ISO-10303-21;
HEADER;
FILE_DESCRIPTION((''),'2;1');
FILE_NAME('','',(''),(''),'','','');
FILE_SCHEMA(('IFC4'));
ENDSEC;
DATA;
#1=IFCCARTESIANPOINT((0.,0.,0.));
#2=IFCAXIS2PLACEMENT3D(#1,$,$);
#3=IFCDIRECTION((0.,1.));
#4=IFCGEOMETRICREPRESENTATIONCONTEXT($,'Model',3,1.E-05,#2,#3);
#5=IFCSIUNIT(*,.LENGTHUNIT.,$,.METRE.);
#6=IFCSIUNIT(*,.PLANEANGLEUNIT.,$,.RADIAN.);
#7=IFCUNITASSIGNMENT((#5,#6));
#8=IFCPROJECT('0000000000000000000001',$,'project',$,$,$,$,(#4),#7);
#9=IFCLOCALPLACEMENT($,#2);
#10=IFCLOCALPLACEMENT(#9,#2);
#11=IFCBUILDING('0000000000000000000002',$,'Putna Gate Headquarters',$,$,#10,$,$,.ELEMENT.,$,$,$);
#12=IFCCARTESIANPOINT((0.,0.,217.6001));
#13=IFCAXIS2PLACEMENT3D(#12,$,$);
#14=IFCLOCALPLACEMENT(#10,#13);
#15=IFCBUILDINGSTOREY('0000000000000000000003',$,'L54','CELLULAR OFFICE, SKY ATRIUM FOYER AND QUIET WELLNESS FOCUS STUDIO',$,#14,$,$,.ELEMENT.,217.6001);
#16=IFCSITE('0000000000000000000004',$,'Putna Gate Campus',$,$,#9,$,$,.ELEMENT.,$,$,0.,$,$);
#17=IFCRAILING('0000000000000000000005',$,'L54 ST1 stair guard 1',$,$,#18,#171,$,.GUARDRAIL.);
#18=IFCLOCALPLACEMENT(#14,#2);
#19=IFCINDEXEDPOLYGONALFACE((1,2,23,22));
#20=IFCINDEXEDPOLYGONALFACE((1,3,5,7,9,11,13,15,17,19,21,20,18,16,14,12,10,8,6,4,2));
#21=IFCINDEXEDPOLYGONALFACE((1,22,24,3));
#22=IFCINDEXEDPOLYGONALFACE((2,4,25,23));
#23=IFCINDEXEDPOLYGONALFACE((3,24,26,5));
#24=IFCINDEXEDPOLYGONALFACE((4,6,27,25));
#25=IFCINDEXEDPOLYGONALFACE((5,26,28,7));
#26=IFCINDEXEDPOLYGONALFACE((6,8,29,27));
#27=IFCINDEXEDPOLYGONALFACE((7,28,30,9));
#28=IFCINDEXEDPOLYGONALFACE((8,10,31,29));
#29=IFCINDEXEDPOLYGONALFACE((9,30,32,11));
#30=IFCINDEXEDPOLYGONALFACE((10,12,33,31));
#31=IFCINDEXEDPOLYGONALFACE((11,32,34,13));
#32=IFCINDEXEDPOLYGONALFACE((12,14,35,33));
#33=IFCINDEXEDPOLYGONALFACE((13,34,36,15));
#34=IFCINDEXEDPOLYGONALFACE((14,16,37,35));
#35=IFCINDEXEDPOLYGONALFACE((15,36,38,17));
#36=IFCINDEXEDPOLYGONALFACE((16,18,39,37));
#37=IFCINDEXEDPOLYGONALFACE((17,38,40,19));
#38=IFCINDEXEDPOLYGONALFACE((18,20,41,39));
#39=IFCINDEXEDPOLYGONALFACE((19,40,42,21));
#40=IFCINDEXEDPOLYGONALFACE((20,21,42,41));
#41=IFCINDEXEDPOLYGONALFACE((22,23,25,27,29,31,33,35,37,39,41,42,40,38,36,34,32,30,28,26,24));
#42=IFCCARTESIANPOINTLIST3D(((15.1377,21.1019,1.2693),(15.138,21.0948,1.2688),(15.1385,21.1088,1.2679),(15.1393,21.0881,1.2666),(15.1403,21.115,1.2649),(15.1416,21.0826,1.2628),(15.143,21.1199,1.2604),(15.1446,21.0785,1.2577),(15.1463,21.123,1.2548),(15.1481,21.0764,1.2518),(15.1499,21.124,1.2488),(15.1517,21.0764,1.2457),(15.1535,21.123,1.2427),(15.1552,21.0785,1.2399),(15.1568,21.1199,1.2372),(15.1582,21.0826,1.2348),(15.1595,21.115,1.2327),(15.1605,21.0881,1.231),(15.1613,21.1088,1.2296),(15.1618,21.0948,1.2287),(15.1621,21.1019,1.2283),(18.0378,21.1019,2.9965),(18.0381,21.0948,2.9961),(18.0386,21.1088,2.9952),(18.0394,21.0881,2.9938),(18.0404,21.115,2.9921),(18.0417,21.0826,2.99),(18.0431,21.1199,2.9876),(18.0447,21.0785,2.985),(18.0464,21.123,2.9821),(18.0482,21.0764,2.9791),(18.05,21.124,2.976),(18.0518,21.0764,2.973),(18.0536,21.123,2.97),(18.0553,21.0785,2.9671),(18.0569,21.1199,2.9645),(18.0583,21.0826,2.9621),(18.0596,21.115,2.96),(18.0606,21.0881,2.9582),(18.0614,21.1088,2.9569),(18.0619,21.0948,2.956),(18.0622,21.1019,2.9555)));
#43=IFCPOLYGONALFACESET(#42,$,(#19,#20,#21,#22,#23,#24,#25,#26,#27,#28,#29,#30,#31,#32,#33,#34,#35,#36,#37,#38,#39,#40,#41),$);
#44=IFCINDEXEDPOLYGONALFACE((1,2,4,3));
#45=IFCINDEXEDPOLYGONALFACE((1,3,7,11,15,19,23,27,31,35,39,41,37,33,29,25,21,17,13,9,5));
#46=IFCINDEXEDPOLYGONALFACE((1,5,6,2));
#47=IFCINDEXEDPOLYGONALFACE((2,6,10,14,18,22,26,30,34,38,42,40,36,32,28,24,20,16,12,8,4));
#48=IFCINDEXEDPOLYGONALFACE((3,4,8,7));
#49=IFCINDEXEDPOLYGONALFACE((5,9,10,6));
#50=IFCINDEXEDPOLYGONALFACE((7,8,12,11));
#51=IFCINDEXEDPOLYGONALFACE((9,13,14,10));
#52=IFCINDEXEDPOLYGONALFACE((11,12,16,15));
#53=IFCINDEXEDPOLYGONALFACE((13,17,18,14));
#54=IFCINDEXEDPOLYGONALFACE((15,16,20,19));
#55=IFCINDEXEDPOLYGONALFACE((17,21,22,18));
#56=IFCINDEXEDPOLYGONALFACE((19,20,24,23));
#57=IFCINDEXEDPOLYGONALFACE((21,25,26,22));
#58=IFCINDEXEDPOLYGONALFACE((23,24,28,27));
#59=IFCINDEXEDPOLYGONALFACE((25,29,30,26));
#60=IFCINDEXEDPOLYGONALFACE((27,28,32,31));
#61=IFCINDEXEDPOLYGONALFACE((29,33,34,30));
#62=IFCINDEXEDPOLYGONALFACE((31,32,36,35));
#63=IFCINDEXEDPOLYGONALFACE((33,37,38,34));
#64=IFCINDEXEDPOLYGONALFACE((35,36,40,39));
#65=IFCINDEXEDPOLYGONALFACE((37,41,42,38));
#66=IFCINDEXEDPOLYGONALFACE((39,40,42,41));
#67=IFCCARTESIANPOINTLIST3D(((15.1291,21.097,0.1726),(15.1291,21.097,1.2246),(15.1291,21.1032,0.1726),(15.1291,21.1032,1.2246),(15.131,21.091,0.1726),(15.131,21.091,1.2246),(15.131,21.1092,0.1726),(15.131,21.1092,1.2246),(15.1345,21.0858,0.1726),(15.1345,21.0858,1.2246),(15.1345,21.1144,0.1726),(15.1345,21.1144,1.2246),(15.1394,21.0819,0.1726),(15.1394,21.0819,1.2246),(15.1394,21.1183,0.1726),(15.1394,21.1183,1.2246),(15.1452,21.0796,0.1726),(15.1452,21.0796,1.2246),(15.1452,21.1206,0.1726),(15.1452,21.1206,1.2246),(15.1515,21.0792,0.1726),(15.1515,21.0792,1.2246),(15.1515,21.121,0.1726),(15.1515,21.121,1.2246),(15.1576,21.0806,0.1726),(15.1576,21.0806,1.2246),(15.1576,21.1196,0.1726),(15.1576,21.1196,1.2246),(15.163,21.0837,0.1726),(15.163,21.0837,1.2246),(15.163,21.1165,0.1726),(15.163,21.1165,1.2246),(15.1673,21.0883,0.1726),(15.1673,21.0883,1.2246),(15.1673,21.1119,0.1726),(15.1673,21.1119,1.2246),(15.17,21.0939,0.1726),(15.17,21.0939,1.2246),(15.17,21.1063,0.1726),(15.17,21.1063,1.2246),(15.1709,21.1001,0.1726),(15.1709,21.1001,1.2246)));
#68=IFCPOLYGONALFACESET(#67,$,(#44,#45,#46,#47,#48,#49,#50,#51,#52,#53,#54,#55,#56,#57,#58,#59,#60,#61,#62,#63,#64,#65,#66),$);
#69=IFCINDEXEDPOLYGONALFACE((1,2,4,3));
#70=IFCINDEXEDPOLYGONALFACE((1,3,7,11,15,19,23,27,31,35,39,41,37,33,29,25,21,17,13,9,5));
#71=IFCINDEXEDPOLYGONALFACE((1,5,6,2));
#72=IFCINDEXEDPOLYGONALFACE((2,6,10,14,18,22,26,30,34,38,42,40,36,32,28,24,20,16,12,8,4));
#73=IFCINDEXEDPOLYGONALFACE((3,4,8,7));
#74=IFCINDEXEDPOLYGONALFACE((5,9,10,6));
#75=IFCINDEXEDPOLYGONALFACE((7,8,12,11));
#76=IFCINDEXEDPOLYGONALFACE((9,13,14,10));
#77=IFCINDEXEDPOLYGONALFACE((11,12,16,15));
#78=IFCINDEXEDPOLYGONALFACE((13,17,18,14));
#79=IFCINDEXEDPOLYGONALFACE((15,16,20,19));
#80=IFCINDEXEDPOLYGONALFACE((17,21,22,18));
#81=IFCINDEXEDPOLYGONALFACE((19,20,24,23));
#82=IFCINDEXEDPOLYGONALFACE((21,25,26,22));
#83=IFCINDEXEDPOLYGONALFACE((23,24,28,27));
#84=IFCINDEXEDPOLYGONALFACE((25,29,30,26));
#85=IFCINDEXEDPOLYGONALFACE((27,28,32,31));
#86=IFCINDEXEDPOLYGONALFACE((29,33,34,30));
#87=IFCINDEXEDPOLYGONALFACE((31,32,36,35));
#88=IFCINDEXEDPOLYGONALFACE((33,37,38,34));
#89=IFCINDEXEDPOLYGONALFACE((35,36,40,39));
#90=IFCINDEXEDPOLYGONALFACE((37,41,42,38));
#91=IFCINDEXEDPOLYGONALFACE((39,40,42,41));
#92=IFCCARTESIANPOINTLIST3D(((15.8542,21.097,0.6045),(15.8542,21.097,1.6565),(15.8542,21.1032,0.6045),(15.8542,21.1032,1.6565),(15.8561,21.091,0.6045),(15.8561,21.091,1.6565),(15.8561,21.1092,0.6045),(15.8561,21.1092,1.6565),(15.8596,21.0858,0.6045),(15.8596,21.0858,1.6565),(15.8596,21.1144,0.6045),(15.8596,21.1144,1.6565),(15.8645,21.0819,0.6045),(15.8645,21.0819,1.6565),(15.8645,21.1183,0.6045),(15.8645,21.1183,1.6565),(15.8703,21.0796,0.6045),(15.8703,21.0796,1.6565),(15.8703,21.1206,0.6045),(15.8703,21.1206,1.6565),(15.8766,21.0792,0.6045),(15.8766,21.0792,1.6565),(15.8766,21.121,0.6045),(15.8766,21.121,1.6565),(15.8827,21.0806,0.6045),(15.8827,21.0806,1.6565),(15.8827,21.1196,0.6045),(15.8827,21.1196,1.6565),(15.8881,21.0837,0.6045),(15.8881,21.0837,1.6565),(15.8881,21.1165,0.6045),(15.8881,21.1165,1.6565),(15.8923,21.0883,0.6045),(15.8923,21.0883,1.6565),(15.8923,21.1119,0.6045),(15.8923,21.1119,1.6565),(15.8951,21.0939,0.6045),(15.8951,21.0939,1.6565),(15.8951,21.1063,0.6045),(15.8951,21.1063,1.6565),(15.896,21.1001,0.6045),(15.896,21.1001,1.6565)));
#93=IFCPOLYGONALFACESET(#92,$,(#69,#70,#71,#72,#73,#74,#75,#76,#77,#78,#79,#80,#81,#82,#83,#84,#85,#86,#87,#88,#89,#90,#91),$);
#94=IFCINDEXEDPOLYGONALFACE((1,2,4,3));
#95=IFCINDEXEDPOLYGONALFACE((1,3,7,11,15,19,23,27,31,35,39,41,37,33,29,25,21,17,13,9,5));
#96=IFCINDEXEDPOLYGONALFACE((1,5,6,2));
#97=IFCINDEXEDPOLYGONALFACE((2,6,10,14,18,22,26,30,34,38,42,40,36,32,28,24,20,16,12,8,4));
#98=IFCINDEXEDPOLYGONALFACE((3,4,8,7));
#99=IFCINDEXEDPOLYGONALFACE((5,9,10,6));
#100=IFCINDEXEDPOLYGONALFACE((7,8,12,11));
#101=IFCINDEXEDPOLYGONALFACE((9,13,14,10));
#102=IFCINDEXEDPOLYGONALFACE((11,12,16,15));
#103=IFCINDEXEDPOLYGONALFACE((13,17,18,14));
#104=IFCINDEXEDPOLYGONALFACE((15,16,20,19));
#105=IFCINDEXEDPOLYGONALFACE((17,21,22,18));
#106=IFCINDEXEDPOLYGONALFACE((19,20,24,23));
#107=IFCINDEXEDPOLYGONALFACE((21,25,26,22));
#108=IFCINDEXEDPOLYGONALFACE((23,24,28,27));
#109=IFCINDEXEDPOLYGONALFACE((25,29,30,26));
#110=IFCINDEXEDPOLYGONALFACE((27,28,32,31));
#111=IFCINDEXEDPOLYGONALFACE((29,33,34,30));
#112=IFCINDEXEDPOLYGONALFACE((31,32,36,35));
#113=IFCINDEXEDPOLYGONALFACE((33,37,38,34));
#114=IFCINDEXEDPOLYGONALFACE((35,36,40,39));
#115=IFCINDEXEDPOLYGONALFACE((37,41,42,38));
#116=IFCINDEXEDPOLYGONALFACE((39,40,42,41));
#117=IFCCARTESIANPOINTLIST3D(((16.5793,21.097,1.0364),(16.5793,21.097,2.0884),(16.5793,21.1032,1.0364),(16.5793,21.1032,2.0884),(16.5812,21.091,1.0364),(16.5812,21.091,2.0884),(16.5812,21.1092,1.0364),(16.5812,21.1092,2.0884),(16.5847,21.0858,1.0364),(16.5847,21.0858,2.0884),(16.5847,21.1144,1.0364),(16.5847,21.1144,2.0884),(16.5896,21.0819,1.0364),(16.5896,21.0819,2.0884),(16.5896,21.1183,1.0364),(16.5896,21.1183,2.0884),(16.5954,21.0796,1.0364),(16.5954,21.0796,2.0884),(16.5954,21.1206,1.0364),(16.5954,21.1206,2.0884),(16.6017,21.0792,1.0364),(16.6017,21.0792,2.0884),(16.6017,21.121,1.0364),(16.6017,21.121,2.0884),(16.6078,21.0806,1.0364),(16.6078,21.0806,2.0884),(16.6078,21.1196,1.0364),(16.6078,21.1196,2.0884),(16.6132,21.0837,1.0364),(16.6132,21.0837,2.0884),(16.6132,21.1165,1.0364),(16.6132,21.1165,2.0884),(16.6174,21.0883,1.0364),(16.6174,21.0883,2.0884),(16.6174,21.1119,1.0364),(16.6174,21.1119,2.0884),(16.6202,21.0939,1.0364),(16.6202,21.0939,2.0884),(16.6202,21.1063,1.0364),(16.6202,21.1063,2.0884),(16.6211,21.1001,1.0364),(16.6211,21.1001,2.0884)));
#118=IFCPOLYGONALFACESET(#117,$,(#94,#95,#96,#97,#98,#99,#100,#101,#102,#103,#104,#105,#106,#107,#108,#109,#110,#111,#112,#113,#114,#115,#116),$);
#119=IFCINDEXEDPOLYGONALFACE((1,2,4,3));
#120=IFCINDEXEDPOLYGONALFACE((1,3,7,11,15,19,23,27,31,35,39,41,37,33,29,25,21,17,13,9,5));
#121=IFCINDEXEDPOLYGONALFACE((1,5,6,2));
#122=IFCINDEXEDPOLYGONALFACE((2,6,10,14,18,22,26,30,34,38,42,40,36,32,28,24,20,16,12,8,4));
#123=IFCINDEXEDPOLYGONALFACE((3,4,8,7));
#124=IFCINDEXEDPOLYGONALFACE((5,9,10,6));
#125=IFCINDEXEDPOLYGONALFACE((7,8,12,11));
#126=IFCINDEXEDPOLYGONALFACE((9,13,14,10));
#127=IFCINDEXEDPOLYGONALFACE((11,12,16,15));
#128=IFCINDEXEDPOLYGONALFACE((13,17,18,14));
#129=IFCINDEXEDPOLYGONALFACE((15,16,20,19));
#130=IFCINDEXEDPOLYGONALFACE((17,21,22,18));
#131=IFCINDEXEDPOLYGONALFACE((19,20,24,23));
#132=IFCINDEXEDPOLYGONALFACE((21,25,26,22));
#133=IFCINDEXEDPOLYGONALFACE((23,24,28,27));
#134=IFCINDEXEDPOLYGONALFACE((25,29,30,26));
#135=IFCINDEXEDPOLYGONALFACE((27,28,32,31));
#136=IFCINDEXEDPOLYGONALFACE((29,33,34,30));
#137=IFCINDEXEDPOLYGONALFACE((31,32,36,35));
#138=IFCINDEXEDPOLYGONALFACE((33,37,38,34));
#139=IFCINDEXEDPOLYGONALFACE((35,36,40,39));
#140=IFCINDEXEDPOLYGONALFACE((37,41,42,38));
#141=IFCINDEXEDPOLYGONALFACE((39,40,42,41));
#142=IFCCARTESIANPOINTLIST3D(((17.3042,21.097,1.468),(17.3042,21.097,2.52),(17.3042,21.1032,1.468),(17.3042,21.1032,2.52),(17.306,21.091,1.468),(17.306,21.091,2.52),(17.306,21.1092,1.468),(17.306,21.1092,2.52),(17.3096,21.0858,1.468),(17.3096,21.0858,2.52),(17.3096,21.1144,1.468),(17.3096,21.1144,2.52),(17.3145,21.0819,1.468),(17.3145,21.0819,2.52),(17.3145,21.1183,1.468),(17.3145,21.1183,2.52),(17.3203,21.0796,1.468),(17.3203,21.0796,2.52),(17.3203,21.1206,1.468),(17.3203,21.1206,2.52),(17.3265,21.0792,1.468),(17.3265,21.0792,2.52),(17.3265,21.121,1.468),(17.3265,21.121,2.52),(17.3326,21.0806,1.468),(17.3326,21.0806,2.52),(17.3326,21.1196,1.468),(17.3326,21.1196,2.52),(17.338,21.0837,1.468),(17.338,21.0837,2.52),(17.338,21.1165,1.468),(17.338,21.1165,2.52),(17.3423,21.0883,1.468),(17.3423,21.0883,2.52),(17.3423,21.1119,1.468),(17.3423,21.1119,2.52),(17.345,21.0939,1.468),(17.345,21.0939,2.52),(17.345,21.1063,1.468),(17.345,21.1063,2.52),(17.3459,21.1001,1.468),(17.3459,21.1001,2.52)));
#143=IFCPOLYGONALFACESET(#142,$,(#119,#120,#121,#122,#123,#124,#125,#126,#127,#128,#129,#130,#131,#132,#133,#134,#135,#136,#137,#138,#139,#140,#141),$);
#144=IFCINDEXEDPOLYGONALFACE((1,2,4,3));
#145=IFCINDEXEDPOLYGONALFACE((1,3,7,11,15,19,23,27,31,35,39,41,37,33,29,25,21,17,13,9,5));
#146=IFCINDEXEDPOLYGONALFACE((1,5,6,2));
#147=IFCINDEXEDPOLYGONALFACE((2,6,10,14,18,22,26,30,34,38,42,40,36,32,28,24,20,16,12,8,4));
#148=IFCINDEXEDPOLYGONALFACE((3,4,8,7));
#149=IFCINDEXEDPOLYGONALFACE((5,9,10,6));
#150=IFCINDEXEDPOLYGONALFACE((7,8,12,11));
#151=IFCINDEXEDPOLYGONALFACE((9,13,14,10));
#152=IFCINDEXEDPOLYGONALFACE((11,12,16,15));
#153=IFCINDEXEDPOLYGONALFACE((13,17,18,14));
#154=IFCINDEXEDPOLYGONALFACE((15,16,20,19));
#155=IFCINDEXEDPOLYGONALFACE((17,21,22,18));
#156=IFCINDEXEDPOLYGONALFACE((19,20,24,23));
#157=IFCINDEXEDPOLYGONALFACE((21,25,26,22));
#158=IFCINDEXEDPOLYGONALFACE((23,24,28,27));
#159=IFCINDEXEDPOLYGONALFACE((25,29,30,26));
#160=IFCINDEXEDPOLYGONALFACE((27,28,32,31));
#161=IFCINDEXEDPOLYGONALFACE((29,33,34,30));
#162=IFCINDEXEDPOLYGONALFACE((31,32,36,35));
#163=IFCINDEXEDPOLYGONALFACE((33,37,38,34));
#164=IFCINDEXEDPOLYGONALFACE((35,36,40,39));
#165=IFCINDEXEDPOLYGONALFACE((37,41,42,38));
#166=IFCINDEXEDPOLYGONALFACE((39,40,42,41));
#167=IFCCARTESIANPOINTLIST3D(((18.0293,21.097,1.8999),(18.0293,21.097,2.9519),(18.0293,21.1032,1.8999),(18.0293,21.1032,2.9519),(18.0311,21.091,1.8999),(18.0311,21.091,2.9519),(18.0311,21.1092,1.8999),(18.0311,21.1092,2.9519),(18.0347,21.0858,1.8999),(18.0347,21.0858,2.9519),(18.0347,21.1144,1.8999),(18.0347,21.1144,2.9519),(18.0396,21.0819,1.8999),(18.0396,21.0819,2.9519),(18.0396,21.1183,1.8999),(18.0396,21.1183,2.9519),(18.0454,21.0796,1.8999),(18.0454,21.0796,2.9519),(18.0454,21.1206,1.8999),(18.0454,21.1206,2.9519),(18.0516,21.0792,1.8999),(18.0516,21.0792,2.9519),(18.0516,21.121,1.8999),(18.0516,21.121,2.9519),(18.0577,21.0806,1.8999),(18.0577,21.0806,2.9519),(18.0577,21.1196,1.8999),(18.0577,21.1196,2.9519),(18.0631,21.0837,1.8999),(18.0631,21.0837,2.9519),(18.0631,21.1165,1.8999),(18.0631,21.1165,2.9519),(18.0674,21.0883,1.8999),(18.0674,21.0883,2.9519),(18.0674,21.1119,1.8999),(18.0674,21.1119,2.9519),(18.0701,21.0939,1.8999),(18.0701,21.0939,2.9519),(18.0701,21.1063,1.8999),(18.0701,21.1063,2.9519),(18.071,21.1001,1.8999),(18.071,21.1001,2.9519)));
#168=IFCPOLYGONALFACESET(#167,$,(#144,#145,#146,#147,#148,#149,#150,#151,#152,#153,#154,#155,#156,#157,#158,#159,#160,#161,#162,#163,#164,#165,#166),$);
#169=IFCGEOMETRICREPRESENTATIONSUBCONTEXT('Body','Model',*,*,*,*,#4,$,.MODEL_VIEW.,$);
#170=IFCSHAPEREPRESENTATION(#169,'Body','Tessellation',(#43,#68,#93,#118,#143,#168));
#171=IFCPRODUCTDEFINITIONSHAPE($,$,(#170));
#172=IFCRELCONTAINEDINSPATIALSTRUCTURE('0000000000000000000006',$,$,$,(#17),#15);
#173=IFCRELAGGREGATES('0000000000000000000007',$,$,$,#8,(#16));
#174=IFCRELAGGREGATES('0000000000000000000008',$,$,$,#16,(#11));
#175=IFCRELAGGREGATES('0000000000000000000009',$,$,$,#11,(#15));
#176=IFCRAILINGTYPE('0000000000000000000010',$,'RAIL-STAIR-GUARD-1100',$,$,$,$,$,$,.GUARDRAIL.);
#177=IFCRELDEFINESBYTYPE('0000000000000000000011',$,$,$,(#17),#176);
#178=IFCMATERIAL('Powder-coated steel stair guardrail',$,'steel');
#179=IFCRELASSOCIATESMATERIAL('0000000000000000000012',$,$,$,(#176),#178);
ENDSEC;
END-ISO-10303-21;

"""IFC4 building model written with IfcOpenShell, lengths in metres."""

from ifc_helpers import new_model, si_unit, direction, frame, origin, origin_2d, place, context, subcontext, project, spatial, circle, extrude, material, type_object, element, save


model = new_model("IFC4")

# Units and contexts
model_context = context("Model", 3, precision=1e-05, world=origin(), true_north=direction((0.0, 1.0)))
body_context = subcontext(model_context, "Body", "Model", "MODEL_VIEW")
ifc_project = project(units=[si_unit("LENGTHUNIT", "METRE"), si_unit("PLANEANGLEUNIT", "RADIAN")], contexts=[model_context])

# Site, building, storey
site_placement = place(None, origin())
site = spatial("IfcSite", under=ifc_project, at=site_placement, Name="Putna Gate Campus", CompositionType="ELEMENT", RefElevation=0.0)
building_placement = place(site_placement, origin())
building = spatial("IfcBuilding", under=site, at=building_placement, Name="Putna Gate Headquarters", CompositionType="ELEMENT")
storey_placement = place(building_placement, frame((0.0, 0.0, 217.6001)))
storey = spatial("IfcBuildingStorey", under=building, at=storey_placement, Name="L54", Description="CELLULAR OFFICE, SKY ATRIUM FOYER AND QUIET WELLNESS FOCUS STUDIO", CompositionType="ELEMENT", Elevation=217.6001)

# Railing
ifc_material_1 = material(Name="Powder-coated steel stair guardrail", Category="steel")
railing_type_1 = type_object("IfcRailingType", Name="RAIL-STAIR-GUARD-1100", PredefinedType="GUARDRAIL", material=ifc_material_1)
railing_1_placement = place(storey_placement, frame((15.1499, 21.1001, 0.1726)))
element("IfcRailing", 1, at=railing_1_placement, inside=storey, type_object=railing_type_1, Name="L54 ST1 stair guard 1", PredefinedType="GUARDRAIL", context=body_context, shape_type="SweptSolid", body=[
    extrude(circle(Radius=0.0239, at=origin_2d()), frame((0.0, 0.0, 1.0762), z_axis=(0.85916, 0.0, 0.511706), x_axis=(0.0, 1.0, 0.0)), (0.0, 0.0, 1.0), 3.3755),
    extrude(circle(Radius=0.021, at=origin_2d()), origin(), (0.0, 0.0, 1.0), 1.052),
    extrude(circle(Radius=0.021, at=origin_2d()), frame((0.7251, 0.0, 0.4319)), (0.0, 0.0, 1.0), 1.052),
    extrude(circle(Radius=0.021, at=origin_2d()), frame((1.4502, 0.0, 0.8638)), (0.0, 0.0, 1.0), 1.052),
    extrude(circle(Radius=0.021, at=origin_2d()), frame((2.175, 0.0, 1.2954)), (0.0, 0.0, 1.0), 1.052),
    extrude(circle(Radius=0.021, at=origin_2d()), frame((2.9001, 0.0, 1.7273)), (0.0, 0.0, 1.0), 1.052),
])

save(model, "model.ifc")
